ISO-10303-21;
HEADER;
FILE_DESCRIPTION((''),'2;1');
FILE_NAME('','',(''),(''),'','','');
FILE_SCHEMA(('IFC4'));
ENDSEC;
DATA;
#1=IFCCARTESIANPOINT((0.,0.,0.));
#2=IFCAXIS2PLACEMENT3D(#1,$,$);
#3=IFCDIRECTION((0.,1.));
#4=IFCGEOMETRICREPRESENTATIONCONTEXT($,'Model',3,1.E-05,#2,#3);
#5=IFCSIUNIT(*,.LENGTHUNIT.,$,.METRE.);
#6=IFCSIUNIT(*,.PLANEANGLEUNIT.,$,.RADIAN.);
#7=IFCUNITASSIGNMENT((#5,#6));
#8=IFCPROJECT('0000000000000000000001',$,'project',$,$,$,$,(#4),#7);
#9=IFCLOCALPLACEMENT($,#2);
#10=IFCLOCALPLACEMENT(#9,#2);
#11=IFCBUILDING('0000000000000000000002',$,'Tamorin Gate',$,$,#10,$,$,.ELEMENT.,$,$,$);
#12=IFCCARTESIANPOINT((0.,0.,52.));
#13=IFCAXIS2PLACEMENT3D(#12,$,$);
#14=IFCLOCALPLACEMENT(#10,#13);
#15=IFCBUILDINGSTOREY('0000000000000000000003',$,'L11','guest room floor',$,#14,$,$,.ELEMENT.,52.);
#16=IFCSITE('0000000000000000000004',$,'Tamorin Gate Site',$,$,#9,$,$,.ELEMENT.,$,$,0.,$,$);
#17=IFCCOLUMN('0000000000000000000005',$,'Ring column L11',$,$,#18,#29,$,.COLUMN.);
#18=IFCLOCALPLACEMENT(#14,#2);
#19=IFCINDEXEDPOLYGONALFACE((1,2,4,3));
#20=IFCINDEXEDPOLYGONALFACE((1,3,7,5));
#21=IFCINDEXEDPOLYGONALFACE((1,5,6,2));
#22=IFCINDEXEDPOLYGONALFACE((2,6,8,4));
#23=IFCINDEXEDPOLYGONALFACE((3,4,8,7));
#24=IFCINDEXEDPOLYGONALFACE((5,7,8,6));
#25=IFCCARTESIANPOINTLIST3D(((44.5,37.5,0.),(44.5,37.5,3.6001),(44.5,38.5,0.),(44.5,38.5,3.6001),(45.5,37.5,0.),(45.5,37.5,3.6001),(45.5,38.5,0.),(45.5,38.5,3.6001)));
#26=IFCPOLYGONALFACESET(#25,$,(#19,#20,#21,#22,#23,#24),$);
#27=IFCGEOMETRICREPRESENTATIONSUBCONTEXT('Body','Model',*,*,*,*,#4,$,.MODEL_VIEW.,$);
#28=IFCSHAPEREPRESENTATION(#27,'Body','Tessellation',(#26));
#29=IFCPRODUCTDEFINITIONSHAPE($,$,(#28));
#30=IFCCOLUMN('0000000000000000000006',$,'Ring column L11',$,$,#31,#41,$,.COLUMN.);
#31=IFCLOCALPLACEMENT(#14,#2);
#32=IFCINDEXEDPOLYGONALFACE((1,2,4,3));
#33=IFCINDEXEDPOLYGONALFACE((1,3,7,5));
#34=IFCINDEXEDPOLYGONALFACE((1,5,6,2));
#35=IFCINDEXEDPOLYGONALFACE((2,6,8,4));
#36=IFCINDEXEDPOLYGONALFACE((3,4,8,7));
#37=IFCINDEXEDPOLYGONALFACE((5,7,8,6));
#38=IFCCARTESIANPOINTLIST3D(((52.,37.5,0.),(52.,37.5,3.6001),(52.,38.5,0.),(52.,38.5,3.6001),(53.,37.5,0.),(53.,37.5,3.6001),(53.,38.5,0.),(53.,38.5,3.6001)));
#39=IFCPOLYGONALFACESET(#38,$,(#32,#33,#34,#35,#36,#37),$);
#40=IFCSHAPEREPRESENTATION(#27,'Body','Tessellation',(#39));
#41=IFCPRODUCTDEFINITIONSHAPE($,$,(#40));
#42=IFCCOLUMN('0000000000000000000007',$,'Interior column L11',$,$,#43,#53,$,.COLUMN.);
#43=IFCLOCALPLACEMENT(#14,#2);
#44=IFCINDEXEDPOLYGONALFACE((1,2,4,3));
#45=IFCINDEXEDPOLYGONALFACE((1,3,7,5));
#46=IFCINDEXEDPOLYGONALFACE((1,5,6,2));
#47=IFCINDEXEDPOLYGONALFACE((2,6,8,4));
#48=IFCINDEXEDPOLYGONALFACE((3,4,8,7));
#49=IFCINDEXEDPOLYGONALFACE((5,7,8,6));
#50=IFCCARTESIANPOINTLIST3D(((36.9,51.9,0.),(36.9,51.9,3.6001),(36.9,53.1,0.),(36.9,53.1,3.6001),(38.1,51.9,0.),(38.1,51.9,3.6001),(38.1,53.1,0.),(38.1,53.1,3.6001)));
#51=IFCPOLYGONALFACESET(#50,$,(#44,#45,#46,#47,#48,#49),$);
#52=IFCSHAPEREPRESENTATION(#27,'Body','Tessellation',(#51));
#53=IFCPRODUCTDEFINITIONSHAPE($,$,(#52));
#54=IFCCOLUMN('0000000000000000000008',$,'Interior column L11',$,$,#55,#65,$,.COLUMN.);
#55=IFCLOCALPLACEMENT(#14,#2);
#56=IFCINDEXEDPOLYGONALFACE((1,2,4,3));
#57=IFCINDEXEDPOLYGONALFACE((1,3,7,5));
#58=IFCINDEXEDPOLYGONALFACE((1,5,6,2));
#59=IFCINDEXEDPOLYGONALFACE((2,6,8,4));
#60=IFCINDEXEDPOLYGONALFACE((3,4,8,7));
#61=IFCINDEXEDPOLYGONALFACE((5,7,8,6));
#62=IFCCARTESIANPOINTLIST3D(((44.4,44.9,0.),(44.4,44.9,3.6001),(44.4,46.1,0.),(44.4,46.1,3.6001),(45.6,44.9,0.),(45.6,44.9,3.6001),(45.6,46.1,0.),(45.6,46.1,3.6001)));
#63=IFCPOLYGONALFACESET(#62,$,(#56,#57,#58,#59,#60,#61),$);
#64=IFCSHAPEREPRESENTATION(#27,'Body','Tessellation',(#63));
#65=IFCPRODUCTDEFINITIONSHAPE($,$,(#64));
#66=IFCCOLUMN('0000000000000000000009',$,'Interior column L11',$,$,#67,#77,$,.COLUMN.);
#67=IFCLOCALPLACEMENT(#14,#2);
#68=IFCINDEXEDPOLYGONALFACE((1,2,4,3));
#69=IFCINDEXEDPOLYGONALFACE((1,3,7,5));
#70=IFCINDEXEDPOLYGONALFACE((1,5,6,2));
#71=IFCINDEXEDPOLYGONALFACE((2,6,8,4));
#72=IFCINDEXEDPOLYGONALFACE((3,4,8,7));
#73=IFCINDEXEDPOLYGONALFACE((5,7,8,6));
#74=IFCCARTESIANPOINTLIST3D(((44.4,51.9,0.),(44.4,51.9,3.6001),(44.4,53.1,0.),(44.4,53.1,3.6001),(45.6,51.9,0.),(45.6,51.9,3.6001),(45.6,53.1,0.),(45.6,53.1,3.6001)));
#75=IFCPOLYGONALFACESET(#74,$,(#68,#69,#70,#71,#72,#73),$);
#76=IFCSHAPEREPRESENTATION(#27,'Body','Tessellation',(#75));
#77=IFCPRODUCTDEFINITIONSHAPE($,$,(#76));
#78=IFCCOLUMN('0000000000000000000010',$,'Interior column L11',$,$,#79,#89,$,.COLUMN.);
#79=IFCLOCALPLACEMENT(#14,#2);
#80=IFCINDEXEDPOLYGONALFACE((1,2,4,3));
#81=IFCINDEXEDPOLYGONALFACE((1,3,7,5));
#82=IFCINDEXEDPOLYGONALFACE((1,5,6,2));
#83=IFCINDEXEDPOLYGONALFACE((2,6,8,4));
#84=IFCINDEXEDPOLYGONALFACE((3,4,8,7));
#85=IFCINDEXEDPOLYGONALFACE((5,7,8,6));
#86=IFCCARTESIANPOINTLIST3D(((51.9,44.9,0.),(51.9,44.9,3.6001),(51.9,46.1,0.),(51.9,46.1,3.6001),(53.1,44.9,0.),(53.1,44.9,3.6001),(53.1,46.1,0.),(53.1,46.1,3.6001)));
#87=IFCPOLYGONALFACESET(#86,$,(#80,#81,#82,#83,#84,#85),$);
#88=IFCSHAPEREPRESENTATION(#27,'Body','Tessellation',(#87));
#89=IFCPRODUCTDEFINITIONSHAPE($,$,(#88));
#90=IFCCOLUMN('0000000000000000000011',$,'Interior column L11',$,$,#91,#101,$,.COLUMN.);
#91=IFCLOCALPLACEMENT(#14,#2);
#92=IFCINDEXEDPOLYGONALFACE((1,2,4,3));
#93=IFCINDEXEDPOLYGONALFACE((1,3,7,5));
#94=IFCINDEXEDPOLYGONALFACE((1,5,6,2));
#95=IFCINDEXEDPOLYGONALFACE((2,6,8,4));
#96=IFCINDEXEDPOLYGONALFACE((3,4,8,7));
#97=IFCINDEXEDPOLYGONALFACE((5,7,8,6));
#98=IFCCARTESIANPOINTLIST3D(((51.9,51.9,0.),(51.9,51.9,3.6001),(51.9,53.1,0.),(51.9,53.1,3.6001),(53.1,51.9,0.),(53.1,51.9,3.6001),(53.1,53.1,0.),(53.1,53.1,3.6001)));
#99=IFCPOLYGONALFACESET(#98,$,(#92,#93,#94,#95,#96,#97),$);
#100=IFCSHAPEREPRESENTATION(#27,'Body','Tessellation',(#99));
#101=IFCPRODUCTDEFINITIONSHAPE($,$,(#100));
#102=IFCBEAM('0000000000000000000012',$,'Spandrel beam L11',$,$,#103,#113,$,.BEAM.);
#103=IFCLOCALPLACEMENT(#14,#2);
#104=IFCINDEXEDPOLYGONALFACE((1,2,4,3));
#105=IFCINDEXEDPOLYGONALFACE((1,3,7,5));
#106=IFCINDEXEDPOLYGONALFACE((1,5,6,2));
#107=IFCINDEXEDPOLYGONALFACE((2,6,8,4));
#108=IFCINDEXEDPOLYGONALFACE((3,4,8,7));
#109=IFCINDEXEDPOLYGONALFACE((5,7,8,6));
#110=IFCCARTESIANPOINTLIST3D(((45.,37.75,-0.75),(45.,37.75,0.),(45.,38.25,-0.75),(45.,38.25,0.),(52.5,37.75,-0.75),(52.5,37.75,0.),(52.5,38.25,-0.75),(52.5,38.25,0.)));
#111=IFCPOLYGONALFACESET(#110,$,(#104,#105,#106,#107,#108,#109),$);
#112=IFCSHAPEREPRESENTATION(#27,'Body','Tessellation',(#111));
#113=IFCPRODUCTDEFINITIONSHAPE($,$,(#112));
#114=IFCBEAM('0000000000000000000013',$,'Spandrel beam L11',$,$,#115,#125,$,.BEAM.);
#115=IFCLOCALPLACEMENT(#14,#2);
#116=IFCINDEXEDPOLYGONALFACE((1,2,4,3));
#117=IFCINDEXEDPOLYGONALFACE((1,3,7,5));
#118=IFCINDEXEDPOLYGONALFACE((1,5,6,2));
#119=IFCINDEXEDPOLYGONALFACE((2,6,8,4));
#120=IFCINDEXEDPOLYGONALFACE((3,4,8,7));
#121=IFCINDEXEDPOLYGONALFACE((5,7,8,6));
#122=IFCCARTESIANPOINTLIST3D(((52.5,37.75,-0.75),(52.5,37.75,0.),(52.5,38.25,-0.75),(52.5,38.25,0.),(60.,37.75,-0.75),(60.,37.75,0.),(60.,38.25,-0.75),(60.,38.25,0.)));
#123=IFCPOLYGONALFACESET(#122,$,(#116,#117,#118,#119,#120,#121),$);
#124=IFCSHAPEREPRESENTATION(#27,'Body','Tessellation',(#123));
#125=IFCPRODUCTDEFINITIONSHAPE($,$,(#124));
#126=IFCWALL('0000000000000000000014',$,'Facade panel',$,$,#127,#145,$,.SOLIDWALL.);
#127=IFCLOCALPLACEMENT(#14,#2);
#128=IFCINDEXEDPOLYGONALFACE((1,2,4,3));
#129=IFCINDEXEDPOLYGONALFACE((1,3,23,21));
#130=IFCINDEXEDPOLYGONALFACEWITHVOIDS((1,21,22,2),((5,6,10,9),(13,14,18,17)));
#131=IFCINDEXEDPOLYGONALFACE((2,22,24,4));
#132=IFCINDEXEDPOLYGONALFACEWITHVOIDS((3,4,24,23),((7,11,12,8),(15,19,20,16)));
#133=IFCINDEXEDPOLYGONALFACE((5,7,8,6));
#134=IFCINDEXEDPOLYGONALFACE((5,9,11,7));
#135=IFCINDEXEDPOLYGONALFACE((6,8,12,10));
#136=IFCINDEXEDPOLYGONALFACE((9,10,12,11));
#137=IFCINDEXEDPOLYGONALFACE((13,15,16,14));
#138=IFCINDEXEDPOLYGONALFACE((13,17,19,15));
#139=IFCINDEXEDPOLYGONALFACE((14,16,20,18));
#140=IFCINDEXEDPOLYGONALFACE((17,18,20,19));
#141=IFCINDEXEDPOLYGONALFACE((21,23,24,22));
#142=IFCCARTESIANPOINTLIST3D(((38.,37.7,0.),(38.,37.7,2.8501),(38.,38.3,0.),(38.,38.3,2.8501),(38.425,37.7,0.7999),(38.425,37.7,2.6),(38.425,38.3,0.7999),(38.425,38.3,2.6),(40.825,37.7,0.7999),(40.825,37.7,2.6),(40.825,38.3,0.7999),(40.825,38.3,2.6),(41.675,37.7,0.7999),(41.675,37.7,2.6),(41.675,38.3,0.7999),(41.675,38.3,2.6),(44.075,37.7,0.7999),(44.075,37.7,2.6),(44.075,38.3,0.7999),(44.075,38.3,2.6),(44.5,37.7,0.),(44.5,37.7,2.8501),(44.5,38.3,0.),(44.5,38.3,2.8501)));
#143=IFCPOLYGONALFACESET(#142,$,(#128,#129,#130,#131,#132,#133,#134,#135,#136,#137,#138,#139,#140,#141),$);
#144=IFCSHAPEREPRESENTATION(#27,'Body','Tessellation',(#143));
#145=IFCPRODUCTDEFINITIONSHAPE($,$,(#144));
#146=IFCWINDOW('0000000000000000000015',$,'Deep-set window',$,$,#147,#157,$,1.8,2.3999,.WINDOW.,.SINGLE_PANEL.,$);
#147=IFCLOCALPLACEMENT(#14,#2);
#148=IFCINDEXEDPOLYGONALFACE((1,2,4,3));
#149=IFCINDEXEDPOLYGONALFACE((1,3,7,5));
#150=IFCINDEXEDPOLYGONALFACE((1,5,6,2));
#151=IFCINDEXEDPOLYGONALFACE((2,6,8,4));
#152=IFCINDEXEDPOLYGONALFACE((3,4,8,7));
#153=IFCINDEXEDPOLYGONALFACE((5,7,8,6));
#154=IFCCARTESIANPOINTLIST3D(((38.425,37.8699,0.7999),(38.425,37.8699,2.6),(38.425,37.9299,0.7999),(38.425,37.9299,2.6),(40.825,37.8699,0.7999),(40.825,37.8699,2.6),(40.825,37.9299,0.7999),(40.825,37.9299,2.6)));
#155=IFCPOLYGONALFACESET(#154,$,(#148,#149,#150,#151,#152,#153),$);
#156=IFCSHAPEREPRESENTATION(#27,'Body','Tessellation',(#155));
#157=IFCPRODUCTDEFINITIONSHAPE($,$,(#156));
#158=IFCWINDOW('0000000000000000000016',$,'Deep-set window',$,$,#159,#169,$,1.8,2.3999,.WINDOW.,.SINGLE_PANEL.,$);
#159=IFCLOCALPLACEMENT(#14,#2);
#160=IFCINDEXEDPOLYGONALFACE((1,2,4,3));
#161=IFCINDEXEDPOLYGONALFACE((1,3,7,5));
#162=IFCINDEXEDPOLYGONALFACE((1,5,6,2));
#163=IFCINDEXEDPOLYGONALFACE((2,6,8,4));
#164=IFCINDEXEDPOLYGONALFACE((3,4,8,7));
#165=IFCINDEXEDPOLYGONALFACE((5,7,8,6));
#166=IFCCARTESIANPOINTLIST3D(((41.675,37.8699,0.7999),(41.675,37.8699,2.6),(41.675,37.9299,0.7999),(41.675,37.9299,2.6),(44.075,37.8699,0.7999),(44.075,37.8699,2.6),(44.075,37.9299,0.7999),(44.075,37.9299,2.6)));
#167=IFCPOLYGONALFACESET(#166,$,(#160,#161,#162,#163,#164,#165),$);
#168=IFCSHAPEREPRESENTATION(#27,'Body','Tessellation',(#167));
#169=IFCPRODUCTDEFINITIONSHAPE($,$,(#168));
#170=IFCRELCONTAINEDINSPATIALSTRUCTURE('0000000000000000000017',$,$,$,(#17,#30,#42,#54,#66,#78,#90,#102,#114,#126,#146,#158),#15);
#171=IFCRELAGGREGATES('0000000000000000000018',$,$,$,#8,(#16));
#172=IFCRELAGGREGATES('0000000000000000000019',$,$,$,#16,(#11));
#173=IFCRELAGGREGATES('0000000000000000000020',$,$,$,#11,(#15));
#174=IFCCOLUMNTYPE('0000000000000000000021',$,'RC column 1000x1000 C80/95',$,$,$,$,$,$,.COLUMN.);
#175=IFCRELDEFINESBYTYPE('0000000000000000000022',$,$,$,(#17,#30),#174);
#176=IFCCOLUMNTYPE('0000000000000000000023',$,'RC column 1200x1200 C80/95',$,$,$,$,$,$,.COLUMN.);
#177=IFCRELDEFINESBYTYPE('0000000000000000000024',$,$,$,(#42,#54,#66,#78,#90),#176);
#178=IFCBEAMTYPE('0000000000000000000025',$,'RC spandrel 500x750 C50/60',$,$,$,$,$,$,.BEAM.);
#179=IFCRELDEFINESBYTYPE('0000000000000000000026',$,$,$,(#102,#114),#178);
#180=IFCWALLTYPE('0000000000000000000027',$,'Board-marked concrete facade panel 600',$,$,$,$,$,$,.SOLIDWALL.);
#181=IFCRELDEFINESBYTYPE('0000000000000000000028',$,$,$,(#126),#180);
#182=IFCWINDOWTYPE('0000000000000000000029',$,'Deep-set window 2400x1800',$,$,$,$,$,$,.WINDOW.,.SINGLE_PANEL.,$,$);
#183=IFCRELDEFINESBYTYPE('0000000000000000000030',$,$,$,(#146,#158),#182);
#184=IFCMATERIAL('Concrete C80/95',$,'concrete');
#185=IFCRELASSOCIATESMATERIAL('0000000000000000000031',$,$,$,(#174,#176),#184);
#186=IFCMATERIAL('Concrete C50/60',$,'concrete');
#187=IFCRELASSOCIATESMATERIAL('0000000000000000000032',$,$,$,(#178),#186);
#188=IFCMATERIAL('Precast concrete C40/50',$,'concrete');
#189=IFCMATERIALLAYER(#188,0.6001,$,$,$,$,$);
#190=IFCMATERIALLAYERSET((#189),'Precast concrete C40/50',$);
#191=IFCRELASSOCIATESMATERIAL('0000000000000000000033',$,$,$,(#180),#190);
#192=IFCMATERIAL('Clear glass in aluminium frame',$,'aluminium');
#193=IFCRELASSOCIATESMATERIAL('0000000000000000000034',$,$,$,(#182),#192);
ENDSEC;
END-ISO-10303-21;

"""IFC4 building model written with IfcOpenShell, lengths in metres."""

from ifc_helpers import new_model, si_unit, direction, frame, frame_2d, origin, origin_2d, place, context, subcontext, project, spatial, rectangle, extrude, material, layer, layer_set, material_profile, profile_set, type_object, element, fill, save


model = new_model("IFC4")

# Units and contexts
model_context = context("Model", 3, precision=1e-05, world=origin(), true_north=direction((0.0, 1.0)))
body_context = subcontext(model_context, "Body", "Model", "MODEL_VIEW")
ifc_project = project(units=[si_unit("LENGTHUNIT", "METRE"), si_unit("PLANEANGLEUNIT", "RADIAN")], contexts=[model_context])

# Site, building, storey
site_placement = place(None, origin())
site = spatial("IfcSite", under=ifc_project, at=site_placement, Name="Tamorin Gate Site", CompositionType="ELEMENT", RefElevation=0.0)
building_placement = place(site_placement, origin())
building = spatial("IfcBuilding", under=site, at=building_placement, Name="Tamorin Gate", CompositionType="ELEMENT")
storey_placement = place(building_placement, frame((0.0, 0.0, 52.0)))
storey = spatial("IfcBuildingStorey", under=building, at=storey_placement, Name="L11", Description="guest room floor", CompositionType="ELEMENT", Elevation=52.0)

# Columns
ifc_material_1 = material(Name="Concrete C80/95", Category="concrete")
ifc_material_profile_1 = material_profile(ifc_material_1, rectangle(XDim=1.0, YDim=1.0, at=origin_2d()), Name="RC 1000x1000")
ifc_profile_set_1 = profile_set([ifc_material_profile_1], Name="Concrete C80/95")
column_type_1 = type_object("IfcColumnType", Name="RC column 1000x1000 C80/95", PredefinedType="COLUMN", material=ifc_profile_set_1)
for number, where, z_axis, x_axis, name in (
    (1, (45.0, 38.0, 0.0), (0.0, 0.0, 1.0), (1.0, 0.0, 0.0), "Ring column L11"),
    (2, (52.5, 38.0, 0.0), (0.0, 0.0, 1.0), (1.0, 0.0, 0.0), "Ring column L11"),
):
    element("IfcColumn", number, at=place(storey_placement, frame(where, z_axis=z_axis, x_axis=x_axis)), inside=storey, type_object=column_type_1, Name=name, PredefinedType="COLUMN", context=body_context, shape_type="SweptSolid", body=[
        extrude(rectangle(XDim=1.0, YDim=1.0, at=origin_2d()), origin(), (0.0, 0.0, 1.0), 3.6001),
    ])
ifc_material_profile_2 = material_profile(ifc_material_1, rectangle(XDim=1.2, YDim=1.2, at=origin_2d()), Name="RC 1200x1200")
ifc_profile_set_2 = profile_set([ifc_material_profile_2], Name="Concrete C80/95")
column_type_2 = type_object("IfcColumnType", Name="RC column 1200x1200 C80/95", PredefinedType="COLUMN", material=ifc_profile_set_2)
for number, where, z_axis, x_axis, name in (
    (3, (37.5, 52.5, 0.0), (0.0, 0.0, 1.0), (1.0, 0.0, 0.0), "Interior column L11"),
    (4, (45.0, 45.5, 0.0), (0.0, 0.0, 1.0), (1.0, 0.0, 0.0), "Interior column L11"),
    (5, (45.0, 52.5, 0.0), (0.0, 0.0, 1.0), (1.0, 0.0, 0.0), "Interior column L11"),
    (6, (52.5, 45.5, 0.0), (0.0, 0.0, 1.0), (1.0, 0.0, 0.0), "Interior column L11"),
    (7, (52.5, 52.5, 0.0), (0.0, 0.0, 1.0), (1.0, 0.0, 0.0), "Interior column L11"),
):
    element("IfcColumn", number, at=place(storey_placement, frame(where, z_axis=z_axis, x_axis=x_axis)), inside=storey, type_object=column_type_2, Name=name, PredefinedType="COLUMN", context=body_context, shape_type="SweptSolid", body=[
        extrude(rectangle(XDim=1.2, YDim=1.2, at=origin_2d()), origin(), (0.0, 0.0, 1.0), 3.6001),
    ])

# Beams
ifc_material_2 = material(Name="Concrete C50/60", Category="concrete")
ifc_material_profile_3 = material_profile(ifc_material_2, rectangle(XDim=0.5, YDim=0.75, at=origin_2d()), Name="RC 500x750")
ifc_profile_set_3 = profile_set([ifc_material_profile_3], Name="Concrete C50/60")
beam_type = type_object("IfcBeamType", Name="RC spandrel 500x750 C50/60", PredefinedType="BEAM", material=ifc_profile_set_3)
for number, where, z_axis, x_axis, name in (
    (8, (45.0, 38.0, -0.375), (1.0, 0.0, 0.0), (0.0, 1.0, 0.0), "Spandrel beam L11"),
    (9, (52.5, 38.0, -0.375), (1.0, 0.0, 0.0), (0.0, 1.0, 0.0), "Spandrel beam L11"),
):
    element("IfcBeam", number, at=place(storey_placement, frame(where, z_axis=z_axis, x_axis=x_axis)), inside=storey, type_object=beam_type, Name=name, PredefinedType="BEAM", context=body_context, shape_type="SweptSolid", body=[
        extrude(rectangle(XDim=0.5, YDim=0.75, at=origin_2d()), origin(), (0.0, 0.0, 1.0), 7.5),
    ])

# Wall, openings, windows
ifc_material_3 = material(Name="Precast concrete C40/50", Category="concrete")
ifc_layer_1 = layer(ifc_material_3, 0.6001)
ifc_layer_set_1 = layer_set([ifc_layer_1], Name="Precast concrete C40/50")
wall_type_1 = type_object("IfcWallType", Name="Board-marked concrete facade panel 600", PredefinedType="SOLIDWALL", material=ifc_layer_set_1)
wall_1_placement = place(storey_placement, frame((38.0, 38.0, 0.0), z_axis=(0.0, 0.0, 1.0), x_axis=(1.0, 0.0, 0.0)))
wall_1 = element("IfcWall", 10, at=wall_1_placement, inside=storey, type_object=wall_type_1, Name="Facade panel", PredefinedType="SOLIDWALL", context=body_context, shape_type="SweptSolid", body=[
    extrude(rectangle(XDim=6.5, YDim=0.6001, at=frame_2d((3.25, 0.0))), origin(), (0.0, 0.0, 1.0), 2.8501),
])
opening_1_placement = place(wall_1_placement, frame((0.425, 0.0, 0.8)))
opening_1 = element("IfcOpeningElement", 11, at=opening_1_placement, cuts=wall_1, PredefinedType="OPENING", context=body_context, shape_type="SweptSolid", body=[
    extrude(rectangle(XDim=2.3999, YDim=1.8, at=frame_2d((1.2, 0.8999))), frame((0.0, 0.3101, 0.0), z_axis=(0.0, -1.0, 0.0), x_axis=(1.0, 0.0, 0.0)), (0.0, 0.0, 1.0), 0.6201),
])
opening_2_placement = place(wall_1_placement, frame((3.675, 0.0, 0.8)))
opening_2 = element("IfcOpeningElement", 12, at=opening_2_placement, cuts=wall_1, PredefinedType="OPENING", context=body_context, shape_type="SweptSolid", body=[
    extrude(rectangle(XDim=2.3999, YDim=1.8, at=frame_2d((1.2, 0.8999))), frame((0.0, 0.3101, 0.0), z_axis=(0.0, -1.0, 0.0), x_axis=(1.0, 0.0, 0.0)), (0.0, 0.0, 1.0), 0.6201),
])
ifc_material_4 = material(Name="Clear glass in aluminium frame", Category="aluminium")
window_type = type_object("IfcWindowType", Name="Deep-set window 2400x1800", PartitioningType="SINGLE_PANEL", PredefinedType="WINDOW", material=ifc_material_4)
window_1_placement = place(opening_1_placement, origin())
window_1 = element("IfcWindow", 13, at=window_1_placement, inside=storey, type_object=window_type, Name="Deep-set window", OverallHeight=1.8, OverallWidth=2.3999, PartitioningType="SINGLE_PANEL", PredefinedType="WINDOW", context=body_context, shape_type="SweptSolid", body=[
    extrude(rectangle(XDim=2.3999, YDim=1.8, at=frame_2d((1.2, 0.8999))), frame((0.0, -0.0701, 0.0), z_axis=(0.0, -1.0, 0.0), x_axis=(1.0, 0.0, 0.0)), (0.0, 0.0, 1.0), 0.0601),
])
fill(opening_1, window_1)
window_2_placement = place(opening_2_placement, origin())
window_2 = element("IfcWindow", 14, at=window_2_placement, inside=storey, type_object=window_type, Name="Deep-set window", OverallHeight=1.8, OverallWidth=2.3999, PartitioningType="SINGLE_PANEL", PredefinedType="WINDOW", context=body_context, shape_type="SweptSolid", body=[
    extrude(rectangle(XDim=2.3999, YDim=1.8, at=frame_2d((1.2, 0.8999))), frame((0.0, -0.0701, 0.0), z_axis=(0.0, -1.0, 0.0), x_axis=(1.0, 0.0, 0.0)), (0.0, 0.0, 1.0), 0.0601),
])
fill(opening_2, window_2)

save(model, "model.ifc")
